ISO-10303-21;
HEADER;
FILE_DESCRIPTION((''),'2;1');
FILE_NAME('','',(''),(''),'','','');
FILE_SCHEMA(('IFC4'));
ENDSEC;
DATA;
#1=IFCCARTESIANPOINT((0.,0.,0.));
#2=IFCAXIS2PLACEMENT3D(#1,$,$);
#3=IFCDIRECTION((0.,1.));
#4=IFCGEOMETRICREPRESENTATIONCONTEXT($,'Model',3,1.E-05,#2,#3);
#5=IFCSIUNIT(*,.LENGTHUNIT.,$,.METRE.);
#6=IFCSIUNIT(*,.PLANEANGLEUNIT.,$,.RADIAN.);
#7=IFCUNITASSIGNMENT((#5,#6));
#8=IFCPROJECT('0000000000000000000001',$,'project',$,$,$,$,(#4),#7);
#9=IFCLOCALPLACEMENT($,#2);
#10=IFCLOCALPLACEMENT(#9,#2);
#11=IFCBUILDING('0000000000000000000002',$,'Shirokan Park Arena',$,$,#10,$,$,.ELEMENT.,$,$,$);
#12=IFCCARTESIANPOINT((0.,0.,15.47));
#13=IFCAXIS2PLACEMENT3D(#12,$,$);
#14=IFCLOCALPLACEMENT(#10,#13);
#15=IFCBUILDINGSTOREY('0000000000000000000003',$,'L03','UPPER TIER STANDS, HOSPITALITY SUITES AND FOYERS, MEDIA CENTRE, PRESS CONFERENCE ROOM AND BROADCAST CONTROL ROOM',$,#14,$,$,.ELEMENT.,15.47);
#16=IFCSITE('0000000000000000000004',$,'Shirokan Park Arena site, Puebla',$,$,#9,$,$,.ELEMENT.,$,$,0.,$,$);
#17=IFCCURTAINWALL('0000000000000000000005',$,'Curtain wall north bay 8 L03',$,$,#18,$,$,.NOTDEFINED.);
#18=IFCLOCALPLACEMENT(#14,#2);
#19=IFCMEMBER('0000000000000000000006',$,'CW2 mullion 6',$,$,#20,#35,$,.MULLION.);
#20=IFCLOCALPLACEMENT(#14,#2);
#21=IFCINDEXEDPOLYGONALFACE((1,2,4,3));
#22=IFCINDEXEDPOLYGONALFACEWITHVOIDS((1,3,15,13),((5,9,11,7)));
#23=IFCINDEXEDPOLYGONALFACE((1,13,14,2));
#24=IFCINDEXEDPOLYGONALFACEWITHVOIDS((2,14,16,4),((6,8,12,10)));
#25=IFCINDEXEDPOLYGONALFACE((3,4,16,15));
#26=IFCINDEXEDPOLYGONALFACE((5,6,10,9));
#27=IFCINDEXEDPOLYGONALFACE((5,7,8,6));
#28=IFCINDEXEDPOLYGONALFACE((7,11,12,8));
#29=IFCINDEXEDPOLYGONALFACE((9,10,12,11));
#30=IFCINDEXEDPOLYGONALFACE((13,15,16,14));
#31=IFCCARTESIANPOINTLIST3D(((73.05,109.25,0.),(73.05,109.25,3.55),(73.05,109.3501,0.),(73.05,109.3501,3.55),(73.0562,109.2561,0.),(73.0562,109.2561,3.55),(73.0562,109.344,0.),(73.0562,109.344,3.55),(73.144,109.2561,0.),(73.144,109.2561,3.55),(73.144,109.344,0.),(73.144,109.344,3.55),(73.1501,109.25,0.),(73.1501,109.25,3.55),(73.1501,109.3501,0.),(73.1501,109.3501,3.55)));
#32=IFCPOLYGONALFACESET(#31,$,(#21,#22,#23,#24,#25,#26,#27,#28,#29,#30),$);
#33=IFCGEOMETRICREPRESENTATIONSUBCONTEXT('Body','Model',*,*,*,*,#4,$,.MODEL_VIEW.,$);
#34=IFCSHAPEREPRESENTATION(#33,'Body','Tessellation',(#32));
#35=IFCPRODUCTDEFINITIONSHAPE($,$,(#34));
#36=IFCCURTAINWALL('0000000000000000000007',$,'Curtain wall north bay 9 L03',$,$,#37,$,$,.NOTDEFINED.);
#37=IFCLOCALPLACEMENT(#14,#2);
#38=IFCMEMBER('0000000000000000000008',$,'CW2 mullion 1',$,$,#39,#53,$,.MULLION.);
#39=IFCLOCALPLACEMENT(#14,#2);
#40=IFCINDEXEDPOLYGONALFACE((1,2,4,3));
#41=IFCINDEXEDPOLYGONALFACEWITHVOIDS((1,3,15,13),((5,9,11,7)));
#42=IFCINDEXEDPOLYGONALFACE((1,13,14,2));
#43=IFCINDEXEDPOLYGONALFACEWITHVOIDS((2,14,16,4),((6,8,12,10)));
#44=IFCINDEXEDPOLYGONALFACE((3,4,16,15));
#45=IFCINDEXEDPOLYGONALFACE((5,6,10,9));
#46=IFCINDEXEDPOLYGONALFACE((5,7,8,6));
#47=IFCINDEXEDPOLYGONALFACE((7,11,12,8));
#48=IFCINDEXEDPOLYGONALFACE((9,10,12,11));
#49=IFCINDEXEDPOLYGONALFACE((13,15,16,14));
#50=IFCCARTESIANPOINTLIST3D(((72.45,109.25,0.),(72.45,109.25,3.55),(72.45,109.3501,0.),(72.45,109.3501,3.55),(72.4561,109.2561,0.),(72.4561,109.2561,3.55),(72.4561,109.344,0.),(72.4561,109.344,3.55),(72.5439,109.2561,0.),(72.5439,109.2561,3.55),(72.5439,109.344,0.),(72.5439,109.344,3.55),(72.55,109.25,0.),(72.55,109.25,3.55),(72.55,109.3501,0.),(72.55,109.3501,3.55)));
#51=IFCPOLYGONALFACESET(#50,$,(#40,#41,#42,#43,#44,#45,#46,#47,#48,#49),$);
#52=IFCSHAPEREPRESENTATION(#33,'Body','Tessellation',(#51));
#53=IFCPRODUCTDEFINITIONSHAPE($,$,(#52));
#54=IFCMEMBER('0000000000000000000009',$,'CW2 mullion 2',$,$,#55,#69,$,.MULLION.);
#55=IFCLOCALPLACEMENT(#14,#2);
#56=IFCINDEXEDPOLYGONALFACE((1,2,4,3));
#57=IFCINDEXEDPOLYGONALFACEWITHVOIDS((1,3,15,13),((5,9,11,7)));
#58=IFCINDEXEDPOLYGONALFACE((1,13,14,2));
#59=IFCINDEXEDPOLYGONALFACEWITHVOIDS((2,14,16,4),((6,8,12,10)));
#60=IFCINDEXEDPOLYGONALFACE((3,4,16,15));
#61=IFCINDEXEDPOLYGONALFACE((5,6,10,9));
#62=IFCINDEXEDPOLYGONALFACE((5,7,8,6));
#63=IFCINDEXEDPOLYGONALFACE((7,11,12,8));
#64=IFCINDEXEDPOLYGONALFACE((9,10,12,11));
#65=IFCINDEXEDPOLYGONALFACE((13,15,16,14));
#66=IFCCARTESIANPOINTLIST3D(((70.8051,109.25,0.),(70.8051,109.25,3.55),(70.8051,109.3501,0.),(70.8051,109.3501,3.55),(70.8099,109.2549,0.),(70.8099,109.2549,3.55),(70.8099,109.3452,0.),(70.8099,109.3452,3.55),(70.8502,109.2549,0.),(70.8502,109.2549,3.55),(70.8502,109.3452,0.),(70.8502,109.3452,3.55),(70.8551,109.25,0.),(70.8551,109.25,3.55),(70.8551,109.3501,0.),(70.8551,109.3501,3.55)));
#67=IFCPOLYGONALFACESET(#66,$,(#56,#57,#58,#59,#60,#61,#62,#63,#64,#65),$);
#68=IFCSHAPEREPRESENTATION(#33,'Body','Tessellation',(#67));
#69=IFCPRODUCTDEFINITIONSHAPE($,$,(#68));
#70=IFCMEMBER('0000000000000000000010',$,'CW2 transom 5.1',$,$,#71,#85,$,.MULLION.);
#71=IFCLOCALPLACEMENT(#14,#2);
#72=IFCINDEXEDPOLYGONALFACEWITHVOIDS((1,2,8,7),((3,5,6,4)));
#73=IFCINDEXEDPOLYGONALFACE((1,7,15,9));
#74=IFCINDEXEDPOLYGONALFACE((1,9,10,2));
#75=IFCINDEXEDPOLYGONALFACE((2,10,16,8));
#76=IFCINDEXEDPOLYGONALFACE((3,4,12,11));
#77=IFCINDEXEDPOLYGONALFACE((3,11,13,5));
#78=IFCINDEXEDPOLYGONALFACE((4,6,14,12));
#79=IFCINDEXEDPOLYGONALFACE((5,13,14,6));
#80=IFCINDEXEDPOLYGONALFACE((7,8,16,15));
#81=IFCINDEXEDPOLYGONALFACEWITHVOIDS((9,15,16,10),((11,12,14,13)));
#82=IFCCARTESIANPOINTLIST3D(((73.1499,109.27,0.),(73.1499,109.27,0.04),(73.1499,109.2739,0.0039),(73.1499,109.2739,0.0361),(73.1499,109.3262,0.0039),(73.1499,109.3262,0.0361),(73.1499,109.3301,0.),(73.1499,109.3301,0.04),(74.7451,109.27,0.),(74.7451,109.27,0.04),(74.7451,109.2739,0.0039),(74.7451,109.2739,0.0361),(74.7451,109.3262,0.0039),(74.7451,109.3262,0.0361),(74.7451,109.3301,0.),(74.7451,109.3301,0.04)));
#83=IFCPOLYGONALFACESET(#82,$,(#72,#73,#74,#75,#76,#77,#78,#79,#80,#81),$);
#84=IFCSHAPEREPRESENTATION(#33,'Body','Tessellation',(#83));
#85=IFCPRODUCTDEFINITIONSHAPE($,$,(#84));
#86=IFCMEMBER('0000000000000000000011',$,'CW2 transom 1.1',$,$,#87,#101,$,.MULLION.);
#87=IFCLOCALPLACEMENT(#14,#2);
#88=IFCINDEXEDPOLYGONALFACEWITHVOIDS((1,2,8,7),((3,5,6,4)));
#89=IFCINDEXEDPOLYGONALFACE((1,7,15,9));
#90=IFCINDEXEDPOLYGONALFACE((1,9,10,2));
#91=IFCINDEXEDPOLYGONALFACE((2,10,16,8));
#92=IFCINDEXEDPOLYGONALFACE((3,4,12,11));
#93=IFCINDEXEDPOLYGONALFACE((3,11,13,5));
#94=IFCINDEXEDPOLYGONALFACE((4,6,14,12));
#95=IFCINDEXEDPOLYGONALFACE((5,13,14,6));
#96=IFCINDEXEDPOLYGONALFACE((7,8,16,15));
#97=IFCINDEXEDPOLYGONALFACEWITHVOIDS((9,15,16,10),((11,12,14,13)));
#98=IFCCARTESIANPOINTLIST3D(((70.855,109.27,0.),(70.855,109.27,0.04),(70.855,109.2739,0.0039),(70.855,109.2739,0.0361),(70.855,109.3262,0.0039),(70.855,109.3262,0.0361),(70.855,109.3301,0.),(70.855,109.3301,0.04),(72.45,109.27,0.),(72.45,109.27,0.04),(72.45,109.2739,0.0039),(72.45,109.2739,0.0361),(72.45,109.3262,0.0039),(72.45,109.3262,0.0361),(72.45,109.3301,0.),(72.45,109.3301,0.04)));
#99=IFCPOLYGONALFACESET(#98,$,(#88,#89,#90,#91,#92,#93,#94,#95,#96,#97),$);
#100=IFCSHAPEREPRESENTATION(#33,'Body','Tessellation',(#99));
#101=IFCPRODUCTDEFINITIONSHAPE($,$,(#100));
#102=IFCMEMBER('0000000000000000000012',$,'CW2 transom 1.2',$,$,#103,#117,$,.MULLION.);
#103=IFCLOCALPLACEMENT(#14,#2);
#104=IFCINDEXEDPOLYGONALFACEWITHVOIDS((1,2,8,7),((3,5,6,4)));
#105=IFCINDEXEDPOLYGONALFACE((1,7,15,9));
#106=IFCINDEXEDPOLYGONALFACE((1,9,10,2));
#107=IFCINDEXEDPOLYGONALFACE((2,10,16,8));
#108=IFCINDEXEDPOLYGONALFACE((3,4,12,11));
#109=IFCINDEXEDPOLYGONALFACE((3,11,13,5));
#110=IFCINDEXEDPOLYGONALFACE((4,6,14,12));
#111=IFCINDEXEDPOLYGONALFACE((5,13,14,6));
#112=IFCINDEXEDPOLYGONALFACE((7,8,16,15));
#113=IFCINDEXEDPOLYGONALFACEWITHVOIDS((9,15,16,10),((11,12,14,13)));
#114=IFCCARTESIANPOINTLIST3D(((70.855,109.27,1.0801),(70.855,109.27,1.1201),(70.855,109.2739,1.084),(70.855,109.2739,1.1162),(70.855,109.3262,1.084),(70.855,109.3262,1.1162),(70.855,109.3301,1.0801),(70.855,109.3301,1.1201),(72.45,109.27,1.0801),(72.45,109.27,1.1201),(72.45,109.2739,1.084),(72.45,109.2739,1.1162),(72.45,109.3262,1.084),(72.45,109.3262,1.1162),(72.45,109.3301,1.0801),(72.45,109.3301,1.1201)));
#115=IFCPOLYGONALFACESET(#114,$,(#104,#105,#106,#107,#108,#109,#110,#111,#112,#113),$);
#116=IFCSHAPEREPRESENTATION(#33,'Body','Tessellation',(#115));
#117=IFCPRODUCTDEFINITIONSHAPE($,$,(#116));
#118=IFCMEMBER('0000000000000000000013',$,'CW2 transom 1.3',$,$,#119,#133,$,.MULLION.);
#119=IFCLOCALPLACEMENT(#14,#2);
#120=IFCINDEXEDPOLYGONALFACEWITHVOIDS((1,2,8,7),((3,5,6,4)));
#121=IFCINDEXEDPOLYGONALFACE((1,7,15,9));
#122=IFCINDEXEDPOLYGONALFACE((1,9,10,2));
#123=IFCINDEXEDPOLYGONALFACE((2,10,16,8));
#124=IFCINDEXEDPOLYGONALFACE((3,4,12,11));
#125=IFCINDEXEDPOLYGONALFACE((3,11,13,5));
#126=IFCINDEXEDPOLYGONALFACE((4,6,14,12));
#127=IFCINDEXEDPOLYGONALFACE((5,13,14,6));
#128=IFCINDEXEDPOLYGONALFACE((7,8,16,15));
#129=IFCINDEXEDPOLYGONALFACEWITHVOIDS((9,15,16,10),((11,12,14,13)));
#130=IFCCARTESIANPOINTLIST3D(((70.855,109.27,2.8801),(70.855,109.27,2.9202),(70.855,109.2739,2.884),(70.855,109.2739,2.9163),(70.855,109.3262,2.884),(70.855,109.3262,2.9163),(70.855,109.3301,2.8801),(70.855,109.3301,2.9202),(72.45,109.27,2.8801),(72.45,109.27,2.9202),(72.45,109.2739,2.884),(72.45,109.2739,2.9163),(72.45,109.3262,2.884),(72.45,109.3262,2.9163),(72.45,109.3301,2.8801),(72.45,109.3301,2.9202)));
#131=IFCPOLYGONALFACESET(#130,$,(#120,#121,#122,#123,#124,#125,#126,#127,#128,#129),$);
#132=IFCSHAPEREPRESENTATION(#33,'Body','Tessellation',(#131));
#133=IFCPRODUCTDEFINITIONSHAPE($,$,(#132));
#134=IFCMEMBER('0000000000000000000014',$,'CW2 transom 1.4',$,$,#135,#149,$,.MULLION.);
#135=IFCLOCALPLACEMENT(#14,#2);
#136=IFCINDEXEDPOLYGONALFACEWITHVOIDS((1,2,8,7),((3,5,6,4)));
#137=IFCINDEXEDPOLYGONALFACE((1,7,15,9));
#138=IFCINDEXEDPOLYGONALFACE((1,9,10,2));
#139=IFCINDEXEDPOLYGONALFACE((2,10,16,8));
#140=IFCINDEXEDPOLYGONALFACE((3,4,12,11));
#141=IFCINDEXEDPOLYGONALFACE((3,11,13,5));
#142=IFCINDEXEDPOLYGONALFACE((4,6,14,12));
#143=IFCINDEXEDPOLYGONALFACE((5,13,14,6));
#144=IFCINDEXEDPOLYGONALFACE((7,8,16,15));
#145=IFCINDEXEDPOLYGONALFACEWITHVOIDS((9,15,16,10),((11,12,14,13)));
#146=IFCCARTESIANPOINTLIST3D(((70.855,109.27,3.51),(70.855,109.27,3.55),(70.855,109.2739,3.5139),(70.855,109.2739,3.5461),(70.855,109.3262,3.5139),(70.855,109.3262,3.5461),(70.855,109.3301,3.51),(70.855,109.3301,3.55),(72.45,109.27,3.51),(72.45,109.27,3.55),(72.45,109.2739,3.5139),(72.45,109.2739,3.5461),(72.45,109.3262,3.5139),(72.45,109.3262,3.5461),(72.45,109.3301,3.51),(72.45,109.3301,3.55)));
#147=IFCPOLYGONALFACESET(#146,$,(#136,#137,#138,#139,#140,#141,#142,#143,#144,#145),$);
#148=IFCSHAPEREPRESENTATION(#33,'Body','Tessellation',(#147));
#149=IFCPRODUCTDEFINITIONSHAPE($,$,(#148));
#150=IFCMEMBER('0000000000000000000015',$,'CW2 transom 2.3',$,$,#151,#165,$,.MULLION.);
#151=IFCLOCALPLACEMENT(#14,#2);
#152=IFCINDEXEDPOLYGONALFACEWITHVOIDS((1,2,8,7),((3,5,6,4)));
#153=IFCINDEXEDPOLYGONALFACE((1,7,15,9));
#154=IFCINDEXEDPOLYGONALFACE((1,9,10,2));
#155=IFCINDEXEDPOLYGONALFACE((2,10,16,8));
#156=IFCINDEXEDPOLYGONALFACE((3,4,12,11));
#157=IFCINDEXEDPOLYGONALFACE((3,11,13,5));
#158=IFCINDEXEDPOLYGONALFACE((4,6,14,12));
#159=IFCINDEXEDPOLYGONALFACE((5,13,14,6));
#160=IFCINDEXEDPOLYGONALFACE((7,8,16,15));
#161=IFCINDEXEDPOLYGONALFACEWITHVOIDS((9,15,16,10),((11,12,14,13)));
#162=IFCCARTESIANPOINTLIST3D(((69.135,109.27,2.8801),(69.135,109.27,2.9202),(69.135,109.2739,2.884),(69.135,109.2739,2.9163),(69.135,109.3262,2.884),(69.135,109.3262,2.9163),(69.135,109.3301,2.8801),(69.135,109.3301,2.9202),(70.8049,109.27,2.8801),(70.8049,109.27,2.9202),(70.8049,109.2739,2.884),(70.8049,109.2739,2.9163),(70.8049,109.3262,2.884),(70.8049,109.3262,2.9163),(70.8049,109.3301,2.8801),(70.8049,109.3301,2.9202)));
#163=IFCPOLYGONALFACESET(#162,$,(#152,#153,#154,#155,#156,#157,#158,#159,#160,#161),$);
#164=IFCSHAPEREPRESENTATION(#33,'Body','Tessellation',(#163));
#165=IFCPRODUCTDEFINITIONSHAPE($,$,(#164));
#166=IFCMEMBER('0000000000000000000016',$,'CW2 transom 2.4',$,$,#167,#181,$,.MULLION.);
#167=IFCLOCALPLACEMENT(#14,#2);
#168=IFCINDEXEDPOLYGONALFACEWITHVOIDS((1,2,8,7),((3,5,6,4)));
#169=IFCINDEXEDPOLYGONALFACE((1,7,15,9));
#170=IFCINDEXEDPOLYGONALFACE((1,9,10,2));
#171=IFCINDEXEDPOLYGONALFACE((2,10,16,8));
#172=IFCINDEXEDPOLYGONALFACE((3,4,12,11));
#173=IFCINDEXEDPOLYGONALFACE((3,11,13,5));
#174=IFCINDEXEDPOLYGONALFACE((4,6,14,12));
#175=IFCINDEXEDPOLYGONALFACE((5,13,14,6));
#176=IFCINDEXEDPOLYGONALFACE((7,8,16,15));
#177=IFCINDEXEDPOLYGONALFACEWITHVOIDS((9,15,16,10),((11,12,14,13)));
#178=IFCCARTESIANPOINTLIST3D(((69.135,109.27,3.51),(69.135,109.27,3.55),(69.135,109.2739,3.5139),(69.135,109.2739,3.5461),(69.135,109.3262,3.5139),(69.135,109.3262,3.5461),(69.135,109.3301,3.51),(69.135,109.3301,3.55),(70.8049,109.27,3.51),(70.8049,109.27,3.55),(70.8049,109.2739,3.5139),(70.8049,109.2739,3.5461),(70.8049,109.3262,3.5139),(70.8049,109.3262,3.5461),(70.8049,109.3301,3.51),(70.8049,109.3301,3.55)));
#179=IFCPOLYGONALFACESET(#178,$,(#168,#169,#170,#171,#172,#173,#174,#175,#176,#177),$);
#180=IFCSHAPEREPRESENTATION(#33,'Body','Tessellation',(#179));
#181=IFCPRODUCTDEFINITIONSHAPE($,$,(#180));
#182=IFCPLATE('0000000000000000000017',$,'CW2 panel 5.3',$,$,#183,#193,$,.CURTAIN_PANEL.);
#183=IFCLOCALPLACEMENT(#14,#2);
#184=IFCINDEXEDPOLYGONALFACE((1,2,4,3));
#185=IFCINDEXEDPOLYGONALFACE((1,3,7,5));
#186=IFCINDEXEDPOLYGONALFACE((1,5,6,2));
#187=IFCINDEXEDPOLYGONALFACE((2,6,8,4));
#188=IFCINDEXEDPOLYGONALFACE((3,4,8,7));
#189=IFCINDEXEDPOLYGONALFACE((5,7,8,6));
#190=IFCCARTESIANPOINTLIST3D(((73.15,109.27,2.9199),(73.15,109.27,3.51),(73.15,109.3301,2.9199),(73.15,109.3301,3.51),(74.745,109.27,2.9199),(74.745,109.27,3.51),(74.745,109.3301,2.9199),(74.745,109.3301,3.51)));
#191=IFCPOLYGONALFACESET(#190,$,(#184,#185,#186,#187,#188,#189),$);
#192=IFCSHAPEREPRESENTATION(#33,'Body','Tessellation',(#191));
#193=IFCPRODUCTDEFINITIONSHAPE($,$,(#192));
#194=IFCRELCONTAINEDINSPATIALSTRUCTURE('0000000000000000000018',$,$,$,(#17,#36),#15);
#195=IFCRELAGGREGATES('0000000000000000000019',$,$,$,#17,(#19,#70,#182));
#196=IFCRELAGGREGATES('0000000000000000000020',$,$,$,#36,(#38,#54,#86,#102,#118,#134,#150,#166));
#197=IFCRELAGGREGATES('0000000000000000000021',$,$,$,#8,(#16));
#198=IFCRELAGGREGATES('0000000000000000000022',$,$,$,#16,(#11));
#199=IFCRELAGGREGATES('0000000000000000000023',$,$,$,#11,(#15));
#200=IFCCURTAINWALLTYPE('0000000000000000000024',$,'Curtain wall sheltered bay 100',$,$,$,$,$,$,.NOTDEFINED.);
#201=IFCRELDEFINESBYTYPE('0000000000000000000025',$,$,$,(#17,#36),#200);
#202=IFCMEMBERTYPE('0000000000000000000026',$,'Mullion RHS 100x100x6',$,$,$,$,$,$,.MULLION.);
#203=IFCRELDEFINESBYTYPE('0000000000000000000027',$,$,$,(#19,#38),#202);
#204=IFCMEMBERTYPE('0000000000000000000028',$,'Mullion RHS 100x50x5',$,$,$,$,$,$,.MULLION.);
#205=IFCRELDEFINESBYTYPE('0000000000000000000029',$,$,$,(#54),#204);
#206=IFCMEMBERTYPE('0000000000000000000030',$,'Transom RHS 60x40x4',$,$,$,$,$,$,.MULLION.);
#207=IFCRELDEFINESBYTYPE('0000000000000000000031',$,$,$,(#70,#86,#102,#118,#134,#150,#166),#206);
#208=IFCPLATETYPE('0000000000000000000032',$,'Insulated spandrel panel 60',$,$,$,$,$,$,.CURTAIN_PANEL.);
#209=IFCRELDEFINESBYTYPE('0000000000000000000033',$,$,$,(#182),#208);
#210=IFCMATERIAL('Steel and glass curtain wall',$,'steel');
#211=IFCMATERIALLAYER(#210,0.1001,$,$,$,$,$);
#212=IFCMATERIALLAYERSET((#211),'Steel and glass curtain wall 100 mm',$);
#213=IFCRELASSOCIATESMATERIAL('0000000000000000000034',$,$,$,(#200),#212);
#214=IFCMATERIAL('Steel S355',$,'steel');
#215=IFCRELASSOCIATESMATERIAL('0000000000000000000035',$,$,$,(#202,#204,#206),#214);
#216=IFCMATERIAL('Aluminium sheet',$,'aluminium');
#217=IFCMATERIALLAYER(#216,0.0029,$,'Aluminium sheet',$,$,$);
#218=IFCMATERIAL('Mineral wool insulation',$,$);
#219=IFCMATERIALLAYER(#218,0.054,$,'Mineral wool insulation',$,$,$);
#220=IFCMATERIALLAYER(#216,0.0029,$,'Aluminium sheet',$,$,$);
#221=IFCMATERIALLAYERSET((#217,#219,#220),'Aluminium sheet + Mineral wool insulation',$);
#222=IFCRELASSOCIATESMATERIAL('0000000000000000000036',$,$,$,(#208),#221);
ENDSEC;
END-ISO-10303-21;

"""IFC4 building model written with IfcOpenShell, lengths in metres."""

from ifc_helpers import new_model, si_unit, direction, frame, origin, origin_2d, place, context, subcontext, project, spatial, rectangle, hollow_rectangle, extrude, material, layer, layer_set, material_profile, profile_set, type_object, element, aggregate, save


model = new_model("IFC4")

# Units and contexts
model_context = context("Model", 3, precision=1e-05, world=origin(), true_north=direction((0.0, 1.0)))
body_context = subcontext(model_context, "Body", "Model", "MODEL_VIEW")
ifc_project = project(units=[si_unit("LENGTHUNIT", "METRE"), si_unit("PLANEANGLEUNIT", "RADIAN")], contexts=[model_context])

# Site, building, storey
site_placement = place(None, origin())
site = spatial("IfcSite", under=ifc_project, at=site_placement, Name="Shirokan Park Arena site, Puebla", CompositionType="ELEMENT", RefElevation=0.0)
building_placement = place(site_placement, origin())
building = spatial("IfcBuilding", under=site, at=building_placement, Name="Shirokan Park Arena", CompositionType="ELEMENT")
storey_placement = place(building_placement, frame((0.0, 0.0, 15.47)))
storey = spatial("IfcBuildingStorey", under=building, at=storey_placement, Name="L03", Description="UPPER TIER STANDS, HOSPITALITY SUITES AND FOYERS, MEDIA CENTRE, PRESS CONFERENCE ROOM AND BROADCAST CONTROL ROOM", CompositionType="ELEMENT", Elevation=15.47)

# Curtain wall, member
ifc_material_1 = material(Name="Steel and glass curtain wall", Category="steel")
ifc_layer_1 = layer(ifc_material_1, 0.1001)
ifc_layer_set_1 = layer_set([ifc_layer_1], Name="Steel and glass curtain wall 100 mm")
curtain_wall_type = type_object("IfcCurtainWallType", Name="Curtain wall sheltered bay 100", PredefinedType="NOTDEFINED", material=ifc_layer_set_1)
curtain_wall_1_placement = place(storey_placement, origin())
curtain_wall_1 = element("IfcCurtainWall", 1, at=curtain_wall_1_placement, inside=storey, type_object=curtain_wall_type, Name="Curtain wall north bay 8 L03", PredefinedType="NOTDEFINED")
ifc_material_2 = material(Name="Steel S355", Category="steel")
ifc_material_profile_1 = material_profile(ifc_material_2, hollow_rectangle(XDim=0.1001, YDim=0.1001, WallThickness=0.0061, at=origin_2d()), Name="RHS 100x100x6")
ifc_profile_set_1 = profile_set([ifc_material_profile_1], Name="Steel S355")
member_type_1 = type_object("IfcMemberType", Name="Mullion RHS 100x100x6", PredefinedType="MULLION", material=ifc_profile_set_1)
member_1_placement = place(storey_placement, frame((73.1001, 109.3, 0.0), z_axis=(0.0, 0.0, 1.0), x_axis=(0.0, -1.0, 0.0)))
member_1 = element("IfcMember", 2, at=member_1_placement, type_object=member_type_1, Name="CW2 mullion 6", PredefinedType="MULLION", context=body_context, shape_type="SweptSolid", body=[
    extrude(hollow_rectangle(XDim=0.1001, YDim=0.1001, WallThickness=0.0061, at=origin_2d()), origin(), (0.0, 0.0, 1.0), 3.55),
])

# Curtain wall, members
curtain_wall_2_placement = place(storey_placement, origin())
curtain_wall_2 = element("IfcCurtainWall", 3, at=curtain_wall_2_placement, inside=storey, type_object=curtain_wall_type, Name="Curtain wall north bay 9 L03", PredefinedType="NOTDEFINED")
member_2_placement = place(storey_placement, frame((72.5, 109.3, 0.0), z_axis=(0.0, 0.0, 1.0), x_axis=(0.0, -1.0, 0.0)))
member_2 = element("IfcMember", 4, at=member_2_placement, type_object=member_type_1, Name="CW2 mullion 1", PredefinedType="MULLION", context=body_context, shape_type="SweptSolid", body=[
    extrude(hollow_rectangle(XDim=0.1001, YDim=0.1001, WallThickness=0.0061, at=origin_2d()), origin(), (0.0, 0.0, 1.0), 3.55),
])
ifc_material_profile_2 = material_profile(ifc_material_2, hollow_rectangle(XDim=0.1001, YDim=0.05, WallThickness=0.0049, at=origin_2d()), Name="RHS 100x50x5")
ifc_profile_set_2 = profile_set([ifc_material_profile_2], Name="Steel S355")
member_type_2 = type_object("IfcMemberType", Name="Mullion RHS 100x50x5", PredefinedType="MULLION", material=ifc_profile_set_2)
member_3_placement = place(storey_placement, frame((70.8301, 109.3, 0.0), z_axis=(0.0, 0.0, 1.0), x_axis=(0.0, -1.0, 0.0)))
member_3 = element("IfcMember", 5, at=member_3_placement, type_object=member_type_2, Name="CW2 mullion 2", PredefinedType="MULLION", context=body_context, shape_type="SweptSolid", body=[
    extrude(hollow_rectangle(XDim=0.1001, YDim=0.05, WallThickness=0.0049, at=origin_2d()), origin(), (0.0, 0.0, 1.0), 3.55),
])

# Members
ifc_material_profile_3 = material_profile(ifc_material_2, hollow_rectangle(XDim=0.0601, YDim=0.04, WallThickness=0.0039, at=origin_2d()), Name="RHS 60x40x4")
ifc_profile_set_3 = profile_set([ifc_material_profile_3], Name="Steel S355")
member_type_3 = type_object("IfcMemberType", Name="Transom RHS 60x40x4", PredefinedType="MULLION", material=ifc_profile_set_3)
member_4_placement = place(storey_placement, frame((74.7451, 109.3, 0.02), z_axis=(-1.0, 0.0, 0.0), x_axis=(0.0, -1.0, 0.0)))
member_4 = element("IfcMember", 6, at=member_4_placement, type_object=member_type_3, Name="CW2 transom 5.1", PredefinedType="MULLION", context=body_context, shape_type="SweptSolid", body=[
    extrude(hollow_rectangle(XDim=0.0601, YDim=0.04, WallThickness=0.0039, at=origin_2d()), origin(), (0.0, 0.0, 1.0), 1.5952),
])
member_5_placement = place(storey_placement, frame((72.45, 109.3, 0.02), z_axis=(-1.0, 0.0, 0.0), x_axis=(0.0, -1.0, 0.0)))
member_5 = element("IfcMember", 7, at=member_5_placement, type_object=member_type_3, Name="CW2 transom 1.1", PredefinedType="MULLION", context=body_context, shape_type="SweptSolid", body=[
    extrude(hollow_rectangle(XDim=0.0601, YDim=0.04, WallThickness=0.0039, at=origin_2d()), origin(), (0.0, 0.0, 1.0), 1.595),
])
member_6_placement = place(storey_placement, frame((72.45, 109.3, 1.1001), z_axis=(-1.0, 0.0, 0.0), x_axis=(0.0, -1.0, 0.0)))
member_6 = element("IfcMember", 8, at=member_6_placement, type_object=member_type_3, Name="CW2 transom 1.2", PredefinedType="MULLION", context=body_context, shape_type="SweptSolid", body=[
    extrude(hollow_rectangle(XDim=0.0601, YDim=0.04, WallThickness=0.0039, at=origin_2d()), origin(), (0.0, 0.0, 1.0), 1.595),
])
member_7_placement = place(storey_placement, frame((72.45, 109.3, 2.9001), z_axis=(-1.0, 0.0, 0.0), x_axis=(0.0, -1.0, 0.0)))
member_7 = element("IfcMember", 9, at=member_7_placement, type_object=member_type_3, Name="CW2 transom 1.3", PredefinedType="MULLION", context=body_context, shape_type="SweptSolid", body=[
    extrude(hollow_rectangle(XDim=0.0601, YDim=0.04, WallThickness=0.0039, at=origin_2d()), origin(), (0.0, 0.0, 1.0), 1.595),
])
member_8_placement = place(storey_placement, frame((72.45, 109.3, 3.53), z_axis=(-1.0, 0.0, 0.0), x_axis=(0.0, -1.0, 0.0)))
member_8 = element("IfcMember", 10, at=member_8_placement, type_object=member_type_3, Name="CW2 transom 1.4", PredefinedType="MULLION", context=body_context, shape_type="SweptSolid", body=[
    extrude(hollow_rectangle(XDim=0.0601, YDim=0.04, WallThickness=0.0039, at=origin_2d()), origin(), (0.0, 0.0, 1.0), 1.595),
])
member_9_placement = place(storey_placement, frame((70.8049, 109.3, 2.9001), z_axis=(-1.0, 0.0, 0.0), x_axis=(0.0, -1.0, 0.0)))
member_9 = element("IfcMember", 11, at=member_9_placement, type_object=member_type_3, Name="CW2 transom 2.3", PredefinedType="MULLION", context=body_context, shape_type="SweptSolid", body=[
    extrude(hollow_rectangle(XDim=0.0601, YDim=0.04, WallThickness=0.0039, at=origin_2d()), origin(), (0.0, 0.0, 1.0), 1.6699),
])
member_10_placement = place(storey_placement, frame((70.8049, 109.3, 3.53), z_axis=(-1.0, 0.0, 0.0), x_axis=(0.0, -1.0, 0.0)))
member_10 = element("IfcMember", 12, at=member_10_placement, type_object=member_type_3, Name="CW2 transom 2.4", PredefinedType="MULLION", context=body_context, shape_type="SweptSolid", body=[
    extrude(hollow_rectangle(XDim=0.0601, YDim=0.04, WallThickness=0.0039, at=origin_2d()), origin(), (0.0, 0.0, 1.0), 1.6699),
])

# Plate
ifc_material_3 = material(Name="Aluminium sheet", Category="aluminium")
ifc_layer_2 = layer(ifc_material_3, 0.0029, Name="Aluminium sheet")
ifc_material_4 = material(Name="Mineral wool insulation")
ifc_layer_3 = layer(ifc_material_4, 0.054, Name="Mineral wool insulation")
ifc_layer_4 = layer(ifc_material_3, 0.0029, Name="Aluminium sheet")
ifc_layer_set_2 = layer_set([ifc_layer_2, ifc_layer_3, ifc_layer_4], Name="Aluminium sheet + Mineral wool insulation")
plate_type_1 = type_object("IfcPlateType", Name="Insulated spandrel panel 60", PredefinedType="CURTAIN_PANEL", material=ifc_layer_set_2)
plate_1_placement = place(storey_placement, frame((73.9475, 109.3, 2.9199), z_axis=(0.0, 0.0, 1.0), x_axis=(-1.0, 0.0, 0.0)))
plate_1 = element("IfcPlate", 13, at=plate_1_placement, type_object=plate_type_1, Name="CW2 panel 5.3", PredefinedType="CURTAIN_PANEL", context=body_context, shape_type="SweptSolid", body=[
    extrude(rectangle(XDim=1.595, YDim=0.0601, at=origin_2d()), origin(), (0.0, 0.0, 1.0), 0.5901),
])
aggregate(curtain_wall_1, [member_1, member_4, plate_1])
aggregate(curtain_wall_2, [member_2, member_3, member_5, member_6, member_7, member_8, member_9, member_10])

save(model, "model.ifc")
